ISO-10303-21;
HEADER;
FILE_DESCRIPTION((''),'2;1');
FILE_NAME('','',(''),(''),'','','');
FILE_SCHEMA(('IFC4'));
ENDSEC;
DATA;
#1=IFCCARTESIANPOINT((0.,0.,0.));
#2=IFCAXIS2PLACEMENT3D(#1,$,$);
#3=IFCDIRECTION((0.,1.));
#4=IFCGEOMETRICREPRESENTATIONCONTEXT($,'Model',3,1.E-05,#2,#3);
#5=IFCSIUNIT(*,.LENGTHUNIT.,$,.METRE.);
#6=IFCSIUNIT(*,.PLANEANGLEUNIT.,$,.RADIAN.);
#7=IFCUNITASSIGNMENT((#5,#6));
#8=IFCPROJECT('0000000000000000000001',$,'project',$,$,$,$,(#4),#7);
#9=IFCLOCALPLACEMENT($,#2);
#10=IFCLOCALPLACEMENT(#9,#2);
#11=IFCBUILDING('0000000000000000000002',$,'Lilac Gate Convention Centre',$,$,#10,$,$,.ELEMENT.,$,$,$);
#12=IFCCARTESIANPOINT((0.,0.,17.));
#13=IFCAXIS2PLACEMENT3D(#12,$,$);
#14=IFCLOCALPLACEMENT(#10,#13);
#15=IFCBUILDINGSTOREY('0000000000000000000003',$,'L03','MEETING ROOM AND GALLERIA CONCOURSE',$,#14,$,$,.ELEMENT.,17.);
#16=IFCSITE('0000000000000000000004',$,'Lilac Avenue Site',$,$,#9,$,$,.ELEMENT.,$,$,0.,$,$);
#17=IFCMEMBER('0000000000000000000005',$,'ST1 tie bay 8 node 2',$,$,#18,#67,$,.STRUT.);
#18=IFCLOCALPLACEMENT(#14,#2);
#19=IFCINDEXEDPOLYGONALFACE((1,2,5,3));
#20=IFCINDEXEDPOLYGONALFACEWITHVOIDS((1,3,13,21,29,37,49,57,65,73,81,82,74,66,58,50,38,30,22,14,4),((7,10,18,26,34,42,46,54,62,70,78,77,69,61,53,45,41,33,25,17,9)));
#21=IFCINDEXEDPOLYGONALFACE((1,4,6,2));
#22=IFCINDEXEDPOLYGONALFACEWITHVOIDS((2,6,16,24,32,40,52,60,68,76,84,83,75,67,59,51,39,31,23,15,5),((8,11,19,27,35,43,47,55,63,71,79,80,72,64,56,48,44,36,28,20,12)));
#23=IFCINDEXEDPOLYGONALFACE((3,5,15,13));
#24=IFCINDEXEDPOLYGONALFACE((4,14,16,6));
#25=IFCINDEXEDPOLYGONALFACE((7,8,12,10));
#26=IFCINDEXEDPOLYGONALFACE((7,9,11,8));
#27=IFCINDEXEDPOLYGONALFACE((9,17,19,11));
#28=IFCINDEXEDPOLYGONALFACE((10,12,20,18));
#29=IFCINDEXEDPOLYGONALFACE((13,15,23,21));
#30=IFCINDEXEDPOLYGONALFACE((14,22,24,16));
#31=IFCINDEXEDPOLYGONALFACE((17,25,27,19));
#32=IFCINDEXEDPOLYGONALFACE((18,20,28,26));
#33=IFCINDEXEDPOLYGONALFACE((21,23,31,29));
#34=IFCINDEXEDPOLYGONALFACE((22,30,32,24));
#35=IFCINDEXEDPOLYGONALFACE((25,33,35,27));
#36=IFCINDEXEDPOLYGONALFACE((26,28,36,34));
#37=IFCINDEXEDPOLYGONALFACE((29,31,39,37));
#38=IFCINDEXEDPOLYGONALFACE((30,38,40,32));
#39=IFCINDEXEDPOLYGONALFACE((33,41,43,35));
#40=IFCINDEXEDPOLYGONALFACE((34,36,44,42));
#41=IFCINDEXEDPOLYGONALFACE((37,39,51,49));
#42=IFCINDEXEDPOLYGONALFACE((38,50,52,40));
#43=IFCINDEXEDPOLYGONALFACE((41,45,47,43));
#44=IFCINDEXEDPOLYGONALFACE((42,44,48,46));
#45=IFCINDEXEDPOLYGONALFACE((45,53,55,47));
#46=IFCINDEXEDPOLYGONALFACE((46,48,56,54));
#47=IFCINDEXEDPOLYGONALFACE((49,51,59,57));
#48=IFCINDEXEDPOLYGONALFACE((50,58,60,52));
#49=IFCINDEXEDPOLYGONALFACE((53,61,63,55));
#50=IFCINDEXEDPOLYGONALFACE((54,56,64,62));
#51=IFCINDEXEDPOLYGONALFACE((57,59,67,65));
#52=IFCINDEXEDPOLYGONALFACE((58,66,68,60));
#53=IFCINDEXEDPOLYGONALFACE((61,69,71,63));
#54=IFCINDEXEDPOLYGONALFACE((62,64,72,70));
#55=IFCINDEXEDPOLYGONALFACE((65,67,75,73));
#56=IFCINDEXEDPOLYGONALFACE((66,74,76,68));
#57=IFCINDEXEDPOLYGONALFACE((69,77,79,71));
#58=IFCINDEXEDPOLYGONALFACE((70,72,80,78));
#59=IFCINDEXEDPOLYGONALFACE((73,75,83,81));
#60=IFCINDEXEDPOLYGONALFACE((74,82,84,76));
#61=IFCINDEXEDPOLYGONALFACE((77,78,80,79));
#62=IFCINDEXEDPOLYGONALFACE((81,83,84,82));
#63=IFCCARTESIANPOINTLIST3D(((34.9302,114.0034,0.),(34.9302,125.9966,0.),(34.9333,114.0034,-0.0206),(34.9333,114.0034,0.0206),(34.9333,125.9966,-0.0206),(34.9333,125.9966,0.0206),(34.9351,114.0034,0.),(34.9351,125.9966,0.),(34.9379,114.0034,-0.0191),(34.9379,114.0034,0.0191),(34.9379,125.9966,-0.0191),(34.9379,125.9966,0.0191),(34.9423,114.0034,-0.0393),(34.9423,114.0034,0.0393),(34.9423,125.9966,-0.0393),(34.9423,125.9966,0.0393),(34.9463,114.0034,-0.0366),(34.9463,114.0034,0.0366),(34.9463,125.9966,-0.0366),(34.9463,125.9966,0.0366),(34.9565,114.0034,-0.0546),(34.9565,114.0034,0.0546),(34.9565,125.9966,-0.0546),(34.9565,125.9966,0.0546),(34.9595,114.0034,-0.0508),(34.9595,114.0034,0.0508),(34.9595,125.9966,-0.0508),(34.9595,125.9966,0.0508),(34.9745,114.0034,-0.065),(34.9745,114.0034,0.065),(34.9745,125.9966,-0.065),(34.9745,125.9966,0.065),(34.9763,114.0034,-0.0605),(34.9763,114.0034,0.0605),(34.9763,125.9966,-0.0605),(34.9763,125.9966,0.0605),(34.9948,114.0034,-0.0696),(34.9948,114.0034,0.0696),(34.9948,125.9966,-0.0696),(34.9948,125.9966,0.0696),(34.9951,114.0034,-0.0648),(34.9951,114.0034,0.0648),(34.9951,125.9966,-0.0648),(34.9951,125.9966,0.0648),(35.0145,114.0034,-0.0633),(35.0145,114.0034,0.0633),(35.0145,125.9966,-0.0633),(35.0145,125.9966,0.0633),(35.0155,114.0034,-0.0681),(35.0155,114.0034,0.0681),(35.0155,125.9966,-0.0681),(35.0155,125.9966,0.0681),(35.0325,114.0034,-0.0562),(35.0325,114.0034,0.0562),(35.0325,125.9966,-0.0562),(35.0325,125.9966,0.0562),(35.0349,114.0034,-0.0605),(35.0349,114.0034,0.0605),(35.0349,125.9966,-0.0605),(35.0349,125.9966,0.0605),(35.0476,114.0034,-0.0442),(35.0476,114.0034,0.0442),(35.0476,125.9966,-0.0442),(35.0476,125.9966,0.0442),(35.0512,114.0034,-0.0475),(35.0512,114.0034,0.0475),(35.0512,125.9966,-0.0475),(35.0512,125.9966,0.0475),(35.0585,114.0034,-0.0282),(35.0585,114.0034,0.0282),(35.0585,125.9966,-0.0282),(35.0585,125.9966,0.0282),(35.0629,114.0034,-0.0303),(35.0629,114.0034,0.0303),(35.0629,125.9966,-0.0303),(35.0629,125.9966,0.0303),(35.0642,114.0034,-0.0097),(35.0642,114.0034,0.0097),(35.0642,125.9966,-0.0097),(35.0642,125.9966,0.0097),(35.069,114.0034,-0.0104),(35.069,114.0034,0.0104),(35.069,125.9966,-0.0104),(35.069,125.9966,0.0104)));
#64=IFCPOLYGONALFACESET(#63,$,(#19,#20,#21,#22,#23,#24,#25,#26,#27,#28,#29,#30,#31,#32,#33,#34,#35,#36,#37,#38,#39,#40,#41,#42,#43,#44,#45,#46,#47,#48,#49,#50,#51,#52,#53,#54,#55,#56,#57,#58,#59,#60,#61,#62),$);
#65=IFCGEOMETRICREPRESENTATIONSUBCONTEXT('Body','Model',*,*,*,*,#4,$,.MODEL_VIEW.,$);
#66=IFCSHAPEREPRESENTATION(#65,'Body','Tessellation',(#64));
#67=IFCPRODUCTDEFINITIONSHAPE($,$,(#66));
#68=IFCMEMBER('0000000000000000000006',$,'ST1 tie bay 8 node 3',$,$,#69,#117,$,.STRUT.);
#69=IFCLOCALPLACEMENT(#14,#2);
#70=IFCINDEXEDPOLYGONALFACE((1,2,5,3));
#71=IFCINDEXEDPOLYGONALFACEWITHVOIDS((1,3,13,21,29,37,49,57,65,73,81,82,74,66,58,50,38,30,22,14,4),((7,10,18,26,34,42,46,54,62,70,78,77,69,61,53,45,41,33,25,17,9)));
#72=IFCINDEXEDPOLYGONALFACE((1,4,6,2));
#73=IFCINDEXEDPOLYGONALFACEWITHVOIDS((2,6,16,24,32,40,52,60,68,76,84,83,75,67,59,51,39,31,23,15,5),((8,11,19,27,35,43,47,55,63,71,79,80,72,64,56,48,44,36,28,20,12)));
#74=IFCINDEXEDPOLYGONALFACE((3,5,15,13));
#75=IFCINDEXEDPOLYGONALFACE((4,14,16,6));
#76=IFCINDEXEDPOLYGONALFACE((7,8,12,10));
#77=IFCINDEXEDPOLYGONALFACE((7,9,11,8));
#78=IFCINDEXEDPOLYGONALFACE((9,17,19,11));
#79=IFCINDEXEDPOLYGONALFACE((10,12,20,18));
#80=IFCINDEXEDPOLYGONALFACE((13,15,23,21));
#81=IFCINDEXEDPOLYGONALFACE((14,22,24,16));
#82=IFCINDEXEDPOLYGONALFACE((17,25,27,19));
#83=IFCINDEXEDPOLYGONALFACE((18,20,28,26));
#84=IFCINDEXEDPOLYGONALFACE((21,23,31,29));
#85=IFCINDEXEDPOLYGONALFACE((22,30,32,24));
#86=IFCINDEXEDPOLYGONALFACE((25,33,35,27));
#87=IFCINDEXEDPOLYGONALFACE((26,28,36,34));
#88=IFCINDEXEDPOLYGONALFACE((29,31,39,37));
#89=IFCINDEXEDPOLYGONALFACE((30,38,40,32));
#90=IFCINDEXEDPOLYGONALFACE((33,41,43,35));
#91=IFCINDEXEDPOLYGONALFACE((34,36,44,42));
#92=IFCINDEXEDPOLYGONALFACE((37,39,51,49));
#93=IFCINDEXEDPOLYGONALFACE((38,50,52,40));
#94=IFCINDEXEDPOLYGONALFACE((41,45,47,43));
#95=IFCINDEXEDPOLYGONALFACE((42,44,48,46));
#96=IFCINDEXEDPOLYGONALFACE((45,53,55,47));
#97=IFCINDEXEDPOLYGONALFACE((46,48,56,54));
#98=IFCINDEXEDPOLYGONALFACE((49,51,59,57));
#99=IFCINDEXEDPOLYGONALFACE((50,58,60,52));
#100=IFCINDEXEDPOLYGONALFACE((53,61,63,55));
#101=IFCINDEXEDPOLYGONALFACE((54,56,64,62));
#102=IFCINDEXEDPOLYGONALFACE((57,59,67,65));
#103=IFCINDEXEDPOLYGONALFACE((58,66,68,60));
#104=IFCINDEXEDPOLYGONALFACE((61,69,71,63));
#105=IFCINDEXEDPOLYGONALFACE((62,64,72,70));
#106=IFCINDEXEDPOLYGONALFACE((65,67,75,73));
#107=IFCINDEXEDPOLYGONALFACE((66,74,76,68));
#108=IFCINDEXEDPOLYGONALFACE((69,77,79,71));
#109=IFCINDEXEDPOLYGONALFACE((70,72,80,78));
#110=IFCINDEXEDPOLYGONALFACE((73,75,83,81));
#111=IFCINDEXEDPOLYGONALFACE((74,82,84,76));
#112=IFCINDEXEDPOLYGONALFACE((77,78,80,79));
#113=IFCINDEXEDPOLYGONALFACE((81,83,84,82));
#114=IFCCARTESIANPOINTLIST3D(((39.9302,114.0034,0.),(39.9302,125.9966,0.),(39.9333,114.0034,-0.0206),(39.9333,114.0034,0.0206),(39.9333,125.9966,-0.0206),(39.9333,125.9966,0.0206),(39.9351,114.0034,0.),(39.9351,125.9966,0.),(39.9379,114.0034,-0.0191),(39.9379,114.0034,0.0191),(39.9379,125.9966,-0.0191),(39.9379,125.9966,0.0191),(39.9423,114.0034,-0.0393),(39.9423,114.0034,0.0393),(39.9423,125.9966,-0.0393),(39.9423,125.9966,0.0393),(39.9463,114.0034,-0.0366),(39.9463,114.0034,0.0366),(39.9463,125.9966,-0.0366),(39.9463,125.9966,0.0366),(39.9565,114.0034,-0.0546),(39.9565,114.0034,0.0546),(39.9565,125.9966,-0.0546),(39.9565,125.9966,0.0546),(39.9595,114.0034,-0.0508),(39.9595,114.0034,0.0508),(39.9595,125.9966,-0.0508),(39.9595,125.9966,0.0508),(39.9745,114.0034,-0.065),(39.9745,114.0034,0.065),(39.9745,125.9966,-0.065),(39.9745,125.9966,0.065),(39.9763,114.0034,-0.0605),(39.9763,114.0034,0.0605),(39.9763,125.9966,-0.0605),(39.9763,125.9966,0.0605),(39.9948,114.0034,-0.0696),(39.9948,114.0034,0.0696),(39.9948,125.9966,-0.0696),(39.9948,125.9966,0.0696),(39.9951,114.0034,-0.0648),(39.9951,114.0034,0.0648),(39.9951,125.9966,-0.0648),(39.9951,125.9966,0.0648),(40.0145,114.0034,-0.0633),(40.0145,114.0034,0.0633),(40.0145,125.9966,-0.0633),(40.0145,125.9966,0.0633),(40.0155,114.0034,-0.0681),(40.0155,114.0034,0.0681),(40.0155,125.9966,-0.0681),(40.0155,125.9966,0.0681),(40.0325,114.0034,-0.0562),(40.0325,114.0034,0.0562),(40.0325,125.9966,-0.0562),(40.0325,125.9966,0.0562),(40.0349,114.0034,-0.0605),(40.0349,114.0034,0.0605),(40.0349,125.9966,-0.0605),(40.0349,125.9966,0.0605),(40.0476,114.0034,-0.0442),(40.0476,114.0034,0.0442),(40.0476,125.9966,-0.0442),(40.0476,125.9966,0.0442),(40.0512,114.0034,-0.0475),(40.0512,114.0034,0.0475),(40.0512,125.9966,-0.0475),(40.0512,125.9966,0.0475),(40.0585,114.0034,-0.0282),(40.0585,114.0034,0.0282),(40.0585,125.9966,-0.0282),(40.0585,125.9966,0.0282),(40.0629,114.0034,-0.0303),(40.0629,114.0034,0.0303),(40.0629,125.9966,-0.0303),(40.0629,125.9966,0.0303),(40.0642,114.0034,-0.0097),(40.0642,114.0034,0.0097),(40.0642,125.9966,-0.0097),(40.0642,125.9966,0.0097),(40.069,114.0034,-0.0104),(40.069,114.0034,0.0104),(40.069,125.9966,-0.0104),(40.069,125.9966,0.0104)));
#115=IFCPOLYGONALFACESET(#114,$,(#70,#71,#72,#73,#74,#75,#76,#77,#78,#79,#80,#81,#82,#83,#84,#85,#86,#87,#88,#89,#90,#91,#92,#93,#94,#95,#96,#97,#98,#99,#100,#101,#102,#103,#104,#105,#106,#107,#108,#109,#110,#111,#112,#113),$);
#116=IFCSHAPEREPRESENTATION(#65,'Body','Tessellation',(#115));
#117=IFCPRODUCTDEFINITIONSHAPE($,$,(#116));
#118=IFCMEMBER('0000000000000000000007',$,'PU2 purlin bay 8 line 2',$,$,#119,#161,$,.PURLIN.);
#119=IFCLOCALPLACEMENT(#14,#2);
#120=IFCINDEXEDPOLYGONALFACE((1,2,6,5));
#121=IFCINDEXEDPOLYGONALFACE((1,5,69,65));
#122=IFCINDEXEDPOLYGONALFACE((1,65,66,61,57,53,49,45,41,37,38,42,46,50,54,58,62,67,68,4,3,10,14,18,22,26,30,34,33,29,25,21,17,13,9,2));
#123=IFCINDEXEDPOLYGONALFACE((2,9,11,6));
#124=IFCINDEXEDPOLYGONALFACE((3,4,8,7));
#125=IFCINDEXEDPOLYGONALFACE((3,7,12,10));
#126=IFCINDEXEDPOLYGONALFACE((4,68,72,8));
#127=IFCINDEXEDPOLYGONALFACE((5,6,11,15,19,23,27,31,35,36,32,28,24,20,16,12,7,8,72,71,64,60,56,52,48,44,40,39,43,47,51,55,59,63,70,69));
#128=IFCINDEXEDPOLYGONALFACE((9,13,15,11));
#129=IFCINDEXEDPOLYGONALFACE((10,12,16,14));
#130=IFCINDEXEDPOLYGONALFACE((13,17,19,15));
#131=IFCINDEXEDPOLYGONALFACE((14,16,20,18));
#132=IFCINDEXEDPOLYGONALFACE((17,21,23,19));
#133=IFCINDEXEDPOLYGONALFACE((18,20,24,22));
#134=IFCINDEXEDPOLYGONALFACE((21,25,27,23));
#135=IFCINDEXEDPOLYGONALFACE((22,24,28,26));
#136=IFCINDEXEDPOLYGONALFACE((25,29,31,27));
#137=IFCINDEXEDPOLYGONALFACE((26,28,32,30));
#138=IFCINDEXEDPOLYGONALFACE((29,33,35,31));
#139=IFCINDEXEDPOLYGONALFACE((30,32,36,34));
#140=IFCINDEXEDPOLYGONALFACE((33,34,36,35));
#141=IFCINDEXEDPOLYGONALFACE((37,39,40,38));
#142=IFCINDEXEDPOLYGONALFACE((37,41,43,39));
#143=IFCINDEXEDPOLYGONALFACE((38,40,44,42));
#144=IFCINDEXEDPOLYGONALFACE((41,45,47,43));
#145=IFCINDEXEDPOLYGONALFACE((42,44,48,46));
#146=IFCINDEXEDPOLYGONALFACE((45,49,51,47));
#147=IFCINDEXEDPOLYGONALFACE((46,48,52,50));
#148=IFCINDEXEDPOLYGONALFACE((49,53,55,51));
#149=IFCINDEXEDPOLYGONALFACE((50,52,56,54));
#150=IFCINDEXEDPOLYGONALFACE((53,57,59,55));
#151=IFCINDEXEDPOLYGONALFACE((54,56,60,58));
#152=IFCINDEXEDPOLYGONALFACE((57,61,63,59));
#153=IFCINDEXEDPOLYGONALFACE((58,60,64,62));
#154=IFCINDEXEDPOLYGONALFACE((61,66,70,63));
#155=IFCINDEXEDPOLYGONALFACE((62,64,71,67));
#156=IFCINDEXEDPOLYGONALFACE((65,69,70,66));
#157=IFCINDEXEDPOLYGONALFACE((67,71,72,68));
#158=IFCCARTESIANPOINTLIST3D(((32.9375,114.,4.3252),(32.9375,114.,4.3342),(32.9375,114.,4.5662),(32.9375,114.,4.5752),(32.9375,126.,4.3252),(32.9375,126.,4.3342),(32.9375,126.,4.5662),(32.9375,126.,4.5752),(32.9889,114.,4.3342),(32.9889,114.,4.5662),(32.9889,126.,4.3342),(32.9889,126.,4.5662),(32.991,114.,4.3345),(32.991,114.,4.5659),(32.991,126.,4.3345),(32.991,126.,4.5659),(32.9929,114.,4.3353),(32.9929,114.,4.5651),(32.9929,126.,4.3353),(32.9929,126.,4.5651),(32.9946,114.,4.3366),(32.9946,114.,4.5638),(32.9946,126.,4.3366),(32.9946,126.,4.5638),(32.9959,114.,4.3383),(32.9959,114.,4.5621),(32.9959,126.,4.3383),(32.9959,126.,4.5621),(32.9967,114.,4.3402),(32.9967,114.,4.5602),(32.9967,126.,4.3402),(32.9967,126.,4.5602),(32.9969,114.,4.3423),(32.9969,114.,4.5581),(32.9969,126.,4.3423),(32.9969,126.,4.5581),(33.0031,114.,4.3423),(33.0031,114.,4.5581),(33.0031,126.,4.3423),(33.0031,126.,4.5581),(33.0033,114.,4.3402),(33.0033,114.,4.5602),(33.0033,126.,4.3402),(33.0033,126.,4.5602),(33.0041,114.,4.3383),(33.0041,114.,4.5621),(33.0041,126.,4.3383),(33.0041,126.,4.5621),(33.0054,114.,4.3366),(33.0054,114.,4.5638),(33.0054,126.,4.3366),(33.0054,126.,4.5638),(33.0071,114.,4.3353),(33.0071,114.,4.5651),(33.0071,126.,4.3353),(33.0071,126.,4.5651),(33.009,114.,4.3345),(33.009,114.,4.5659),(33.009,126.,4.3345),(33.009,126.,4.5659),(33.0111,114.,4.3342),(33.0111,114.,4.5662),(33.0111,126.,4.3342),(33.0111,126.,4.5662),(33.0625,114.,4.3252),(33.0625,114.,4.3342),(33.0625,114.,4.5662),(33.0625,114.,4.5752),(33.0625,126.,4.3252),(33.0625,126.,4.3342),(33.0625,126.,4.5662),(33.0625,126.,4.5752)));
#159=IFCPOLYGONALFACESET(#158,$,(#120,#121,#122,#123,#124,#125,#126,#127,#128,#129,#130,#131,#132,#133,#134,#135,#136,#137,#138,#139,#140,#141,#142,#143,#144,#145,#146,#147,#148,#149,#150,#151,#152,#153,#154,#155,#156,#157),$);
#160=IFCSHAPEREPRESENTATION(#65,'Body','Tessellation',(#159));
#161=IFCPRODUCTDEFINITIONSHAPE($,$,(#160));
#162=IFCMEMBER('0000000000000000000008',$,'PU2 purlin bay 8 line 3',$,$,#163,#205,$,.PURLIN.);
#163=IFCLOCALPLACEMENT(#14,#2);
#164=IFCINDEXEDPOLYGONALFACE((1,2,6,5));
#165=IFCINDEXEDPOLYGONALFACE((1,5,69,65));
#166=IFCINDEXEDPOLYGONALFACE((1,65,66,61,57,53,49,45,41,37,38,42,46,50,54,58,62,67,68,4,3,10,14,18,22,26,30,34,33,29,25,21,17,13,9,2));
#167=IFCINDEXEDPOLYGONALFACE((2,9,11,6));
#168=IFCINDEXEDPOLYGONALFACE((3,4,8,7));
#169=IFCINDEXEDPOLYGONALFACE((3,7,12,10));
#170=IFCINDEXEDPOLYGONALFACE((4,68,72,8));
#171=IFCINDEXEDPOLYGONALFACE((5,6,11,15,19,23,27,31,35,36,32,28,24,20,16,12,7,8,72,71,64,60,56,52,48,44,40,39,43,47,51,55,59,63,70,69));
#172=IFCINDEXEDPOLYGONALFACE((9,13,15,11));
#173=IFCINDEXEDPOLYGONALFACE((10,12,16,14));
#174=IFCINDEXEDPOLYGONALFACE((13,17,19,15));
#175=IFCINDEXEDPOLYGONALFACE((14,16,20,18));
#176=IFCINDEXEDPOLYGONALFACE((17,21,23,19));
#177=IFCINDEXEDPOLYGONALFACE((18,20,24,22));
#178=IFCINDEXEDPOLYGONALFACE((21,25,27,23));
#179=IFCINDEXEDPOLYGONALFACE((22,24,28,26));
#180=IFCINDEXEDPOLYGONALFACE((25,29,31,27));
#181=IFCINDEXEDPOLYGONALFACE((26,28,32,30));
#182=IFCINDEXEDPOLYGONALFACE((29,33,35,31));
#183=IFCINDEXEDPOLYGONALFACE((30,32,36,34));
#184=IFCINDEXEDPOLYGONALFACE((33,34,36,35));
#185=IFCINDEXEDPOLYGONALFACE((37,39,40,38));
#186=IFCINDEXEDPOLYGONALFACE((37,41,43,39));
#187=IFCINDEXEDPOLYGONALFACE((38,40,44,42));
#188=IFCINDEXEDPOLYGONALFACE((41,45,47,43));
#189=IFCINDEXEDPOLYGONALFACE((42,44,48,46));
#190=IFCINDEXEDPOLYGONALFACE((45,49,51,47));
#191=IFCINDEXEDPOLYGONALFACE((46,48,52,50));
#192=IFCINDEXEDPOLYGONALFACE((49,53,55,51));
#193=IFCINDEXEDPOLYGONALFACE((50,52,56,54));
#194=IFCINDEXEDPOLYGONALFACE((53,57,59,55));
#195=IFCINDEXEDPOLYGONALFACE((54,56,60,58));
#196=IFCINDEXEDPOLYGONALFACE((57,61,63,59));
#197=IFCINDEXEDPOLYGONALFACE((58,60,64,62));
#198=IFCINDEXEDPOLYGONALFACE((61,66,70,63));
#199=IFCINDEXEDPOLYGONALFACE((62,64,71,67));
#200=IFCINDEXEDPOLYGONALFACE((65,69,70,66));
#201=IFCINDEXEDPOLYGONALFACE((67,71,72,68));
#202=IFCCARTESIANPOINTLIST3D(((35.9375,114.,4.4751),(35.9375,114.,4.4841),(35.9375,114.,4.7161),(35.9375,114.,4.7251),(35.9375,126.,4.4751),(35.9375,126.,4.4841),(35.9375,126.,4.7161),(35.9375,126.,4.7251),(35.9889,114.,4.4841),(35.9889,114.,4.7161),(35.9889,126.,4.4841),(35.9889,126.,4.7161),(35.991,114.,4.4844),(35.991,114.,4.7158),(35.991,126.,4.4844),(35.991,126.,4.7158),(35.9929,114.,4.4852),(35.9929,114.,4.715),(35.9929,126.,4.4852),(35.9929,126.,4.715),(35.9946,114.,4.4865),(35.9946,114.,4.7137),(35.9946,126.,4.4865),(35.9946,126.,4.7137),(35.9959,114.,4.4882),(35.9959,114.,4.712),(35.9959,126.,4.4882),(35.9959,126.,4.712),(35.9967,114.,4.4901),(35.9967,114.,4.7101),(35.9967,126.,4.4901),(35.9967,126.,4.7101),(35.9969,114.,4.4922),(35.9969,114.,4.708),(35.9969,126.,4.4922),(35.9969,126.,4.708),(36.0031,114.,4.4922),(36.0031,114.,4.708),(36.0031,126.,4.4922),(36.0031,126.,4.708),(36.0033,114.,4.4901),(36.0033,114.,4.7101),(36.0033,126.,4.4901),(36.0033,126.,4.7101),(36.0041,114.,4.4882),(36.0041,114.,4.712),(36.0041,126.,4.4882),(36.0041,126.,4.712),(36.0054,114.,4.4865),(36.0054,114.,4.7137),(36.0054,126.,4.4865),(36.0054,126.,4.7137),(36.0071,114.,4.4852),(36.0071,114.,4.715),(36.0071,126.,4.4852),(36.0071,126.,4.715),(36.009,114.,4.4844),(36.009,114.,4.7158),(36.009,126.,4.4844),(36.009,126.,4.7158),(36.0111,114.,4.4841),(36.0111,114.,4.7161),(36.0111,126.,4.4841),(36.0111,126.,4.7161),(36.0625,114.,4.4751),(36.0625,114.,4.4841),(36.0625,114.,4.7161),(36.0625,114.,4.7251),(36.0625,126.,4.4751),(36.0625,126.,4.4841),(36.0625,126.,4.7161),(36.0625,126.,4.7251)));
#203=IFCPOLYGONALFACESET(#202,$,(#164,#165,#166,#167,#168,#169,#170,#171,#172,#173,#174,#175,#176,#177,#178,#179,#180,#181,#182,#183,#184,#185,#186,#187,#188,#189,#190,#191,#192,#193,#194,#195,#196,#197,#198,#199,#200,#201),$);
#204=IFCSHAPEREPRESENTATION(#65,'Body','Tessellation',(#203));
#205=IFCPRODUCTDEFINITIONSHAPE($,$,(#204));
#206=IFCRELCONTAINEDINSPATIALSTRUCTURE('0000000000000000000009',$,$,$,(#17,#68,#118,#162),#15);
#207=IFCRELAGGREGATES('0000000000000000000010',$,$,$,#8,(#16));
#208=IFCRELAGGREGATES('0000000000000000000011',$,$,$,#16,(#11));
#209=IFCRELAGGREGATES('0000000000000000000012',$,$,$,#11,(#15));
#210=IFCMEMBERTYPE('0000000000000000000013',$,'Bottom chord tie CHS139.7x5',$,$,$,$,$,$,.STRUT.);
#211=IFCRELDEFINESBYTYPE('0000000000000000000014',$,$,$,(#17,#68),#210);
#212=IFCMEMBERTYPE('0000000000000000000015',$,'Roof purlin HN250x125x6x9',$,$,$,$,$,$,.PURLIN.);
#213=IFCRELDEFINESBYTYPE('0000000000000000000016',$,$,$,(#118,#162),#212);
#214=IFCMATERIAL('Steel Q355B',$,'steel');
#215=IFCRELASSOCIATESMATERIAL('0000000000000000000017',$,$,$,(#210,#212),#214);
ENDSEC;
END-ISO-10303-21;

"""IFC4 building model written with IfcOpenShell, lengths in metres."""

from ifc_helpers import new_model, si_unit, direction, frame, origin, origin_2d, place, context, subcontext, project, spatial, hollow_circle, i_section, extrude, material, material_profile, profile_set, type_object, element, save


model = new_model("IFC4")

# Units and contexts
model_context = context("Model", 3, precision=1e-05, world=origin(), true_north=direction((0.0, 1.0)))
body_context = subcontext(model_context, "Body", "Model", "MODEL_VIEW")
ifc_project = project(units=[si_unit("LENGTHUNIT", "METRE"), si_unit("PLANEANGLEUNIT", "RADIAN")], contexts=[model_context])

# Site, building, storey
site_placement = place(None, origin())
site = spatial("IfcSite", under=ifc_project, at=site_placement, Name="Lilac Avenue Site", CompositionType="ELEMENT", RefElevation=0.0)
building_placement = place(site_placement, origin())
building = spatial("IfcBuilding", under=site, at=building_placement, Name="Lilac Gate Convention Centre", CompositionType="ELEMENT")
storey_placement = place(building_placement, frame((0.0, 0.0, 17.0)))
storey = spatial("IfcBuildingStorey", under=building, at=storey_placement, Name="L03", Description="MEETING ROOM AND GALLERIA CONCOURSE", CompositionType="ELEMENT", Elevation=17.0)

# Members
ifc_material = material(Name="Steel Q355B", Category="steel")
ifc_material_profile_1 = material_profile(ifc_material, hollow_circle(Radius=0.0698, WallThickness=0.0049, at=origin_2d()), Name="CHS139.7x5")
ifc_profile_set_1 = profile_set([ifc_material_profile_1], Name="Steel Q355B")
member_type_1 = type_object("IfcMemberType", Name="Bottom chord tie CHS139.7x5", PredefinedType="STRUT", material=ifc_profile_set_1)
for number, where, z_axis, x_axis, name in (
    (1, (35.0, 114.0034, 0.0), (0.0, 1.0, 0.0), (-1.0, 0.0, 0.0), "ST1 tie bay 8 node 2"),
    (2, (40.0, 114.0034, 0.0), (0.0, 1.0, 0.0), (-1.0, 0.0, 0.0), "ST1 tie bay 8 node 3"),
):
    element("IfcMember", number, at=place(storey_placement, frame(where, z_axis=z_axis, x_axis=x_axis)), inside=storey, type_object=member_type_1, Name=name, PredefinedType="STRUT", context=body_context, shape_type="SweptSolid", body=[
        extrude(hollow_circle(Radius=0.0698, WallThickness=0.0049, at=origin_2d()), origin(), (0.0, 0.0, 1.0), 11.9932),
    ])
ifc_material_profile_2 = material_profile(ifc_material, i_section(OverallWidth=0.125, OverallDepth=0.25, WebThickness=0.0061, FlangeThickness=0.009, FilletRadius=0.0081, at=origin_2d()), Name="HN250x125x6x9")
ifc_profile_set_2 = profile_set([ifc_material_profile_2], Name="Steel Q355B")
member_type_2 = type_object("IfcMemberType", Name="Roof purlin HN250x125x6x9", PredefinedType="PURLIN", material=ifc_profile_set_2)
for number, where, z_axis, x_axis, name in (
    (3, (33.0, 114.0, 4.4502), (0.0, 1.0, 0.0), (-1.0, 0.0, 0.0), "PU2 purlin bay 8 line 2"),
    (4, (36.0, 114.0, 4.6001), (0.0, 1.0, 0.0), (-1.0, 0.0, 0.0), "PU2 purlin bay 8 line 3"),
):
    element("IfcMember", number, at=place(storey_placement, frame(where, z_axis=z_axis, x_axis=x_axis)), inside=storey, type_object=member_type_2, Name=name, PredefinedType="PURLIN", context=body_context, shape_type="SweptSolid", body=[
        extrude(i_section(OverallWidth=0.125, OverallDepth=0.25, WebThickness=0.0061, FlangeThickness=0.009, FilletRadius=0.0081, at=origin_2d()), origin(), (0.0, 0.0, 1.0), 12.0),
    ])

save(model, "model.ifc")
